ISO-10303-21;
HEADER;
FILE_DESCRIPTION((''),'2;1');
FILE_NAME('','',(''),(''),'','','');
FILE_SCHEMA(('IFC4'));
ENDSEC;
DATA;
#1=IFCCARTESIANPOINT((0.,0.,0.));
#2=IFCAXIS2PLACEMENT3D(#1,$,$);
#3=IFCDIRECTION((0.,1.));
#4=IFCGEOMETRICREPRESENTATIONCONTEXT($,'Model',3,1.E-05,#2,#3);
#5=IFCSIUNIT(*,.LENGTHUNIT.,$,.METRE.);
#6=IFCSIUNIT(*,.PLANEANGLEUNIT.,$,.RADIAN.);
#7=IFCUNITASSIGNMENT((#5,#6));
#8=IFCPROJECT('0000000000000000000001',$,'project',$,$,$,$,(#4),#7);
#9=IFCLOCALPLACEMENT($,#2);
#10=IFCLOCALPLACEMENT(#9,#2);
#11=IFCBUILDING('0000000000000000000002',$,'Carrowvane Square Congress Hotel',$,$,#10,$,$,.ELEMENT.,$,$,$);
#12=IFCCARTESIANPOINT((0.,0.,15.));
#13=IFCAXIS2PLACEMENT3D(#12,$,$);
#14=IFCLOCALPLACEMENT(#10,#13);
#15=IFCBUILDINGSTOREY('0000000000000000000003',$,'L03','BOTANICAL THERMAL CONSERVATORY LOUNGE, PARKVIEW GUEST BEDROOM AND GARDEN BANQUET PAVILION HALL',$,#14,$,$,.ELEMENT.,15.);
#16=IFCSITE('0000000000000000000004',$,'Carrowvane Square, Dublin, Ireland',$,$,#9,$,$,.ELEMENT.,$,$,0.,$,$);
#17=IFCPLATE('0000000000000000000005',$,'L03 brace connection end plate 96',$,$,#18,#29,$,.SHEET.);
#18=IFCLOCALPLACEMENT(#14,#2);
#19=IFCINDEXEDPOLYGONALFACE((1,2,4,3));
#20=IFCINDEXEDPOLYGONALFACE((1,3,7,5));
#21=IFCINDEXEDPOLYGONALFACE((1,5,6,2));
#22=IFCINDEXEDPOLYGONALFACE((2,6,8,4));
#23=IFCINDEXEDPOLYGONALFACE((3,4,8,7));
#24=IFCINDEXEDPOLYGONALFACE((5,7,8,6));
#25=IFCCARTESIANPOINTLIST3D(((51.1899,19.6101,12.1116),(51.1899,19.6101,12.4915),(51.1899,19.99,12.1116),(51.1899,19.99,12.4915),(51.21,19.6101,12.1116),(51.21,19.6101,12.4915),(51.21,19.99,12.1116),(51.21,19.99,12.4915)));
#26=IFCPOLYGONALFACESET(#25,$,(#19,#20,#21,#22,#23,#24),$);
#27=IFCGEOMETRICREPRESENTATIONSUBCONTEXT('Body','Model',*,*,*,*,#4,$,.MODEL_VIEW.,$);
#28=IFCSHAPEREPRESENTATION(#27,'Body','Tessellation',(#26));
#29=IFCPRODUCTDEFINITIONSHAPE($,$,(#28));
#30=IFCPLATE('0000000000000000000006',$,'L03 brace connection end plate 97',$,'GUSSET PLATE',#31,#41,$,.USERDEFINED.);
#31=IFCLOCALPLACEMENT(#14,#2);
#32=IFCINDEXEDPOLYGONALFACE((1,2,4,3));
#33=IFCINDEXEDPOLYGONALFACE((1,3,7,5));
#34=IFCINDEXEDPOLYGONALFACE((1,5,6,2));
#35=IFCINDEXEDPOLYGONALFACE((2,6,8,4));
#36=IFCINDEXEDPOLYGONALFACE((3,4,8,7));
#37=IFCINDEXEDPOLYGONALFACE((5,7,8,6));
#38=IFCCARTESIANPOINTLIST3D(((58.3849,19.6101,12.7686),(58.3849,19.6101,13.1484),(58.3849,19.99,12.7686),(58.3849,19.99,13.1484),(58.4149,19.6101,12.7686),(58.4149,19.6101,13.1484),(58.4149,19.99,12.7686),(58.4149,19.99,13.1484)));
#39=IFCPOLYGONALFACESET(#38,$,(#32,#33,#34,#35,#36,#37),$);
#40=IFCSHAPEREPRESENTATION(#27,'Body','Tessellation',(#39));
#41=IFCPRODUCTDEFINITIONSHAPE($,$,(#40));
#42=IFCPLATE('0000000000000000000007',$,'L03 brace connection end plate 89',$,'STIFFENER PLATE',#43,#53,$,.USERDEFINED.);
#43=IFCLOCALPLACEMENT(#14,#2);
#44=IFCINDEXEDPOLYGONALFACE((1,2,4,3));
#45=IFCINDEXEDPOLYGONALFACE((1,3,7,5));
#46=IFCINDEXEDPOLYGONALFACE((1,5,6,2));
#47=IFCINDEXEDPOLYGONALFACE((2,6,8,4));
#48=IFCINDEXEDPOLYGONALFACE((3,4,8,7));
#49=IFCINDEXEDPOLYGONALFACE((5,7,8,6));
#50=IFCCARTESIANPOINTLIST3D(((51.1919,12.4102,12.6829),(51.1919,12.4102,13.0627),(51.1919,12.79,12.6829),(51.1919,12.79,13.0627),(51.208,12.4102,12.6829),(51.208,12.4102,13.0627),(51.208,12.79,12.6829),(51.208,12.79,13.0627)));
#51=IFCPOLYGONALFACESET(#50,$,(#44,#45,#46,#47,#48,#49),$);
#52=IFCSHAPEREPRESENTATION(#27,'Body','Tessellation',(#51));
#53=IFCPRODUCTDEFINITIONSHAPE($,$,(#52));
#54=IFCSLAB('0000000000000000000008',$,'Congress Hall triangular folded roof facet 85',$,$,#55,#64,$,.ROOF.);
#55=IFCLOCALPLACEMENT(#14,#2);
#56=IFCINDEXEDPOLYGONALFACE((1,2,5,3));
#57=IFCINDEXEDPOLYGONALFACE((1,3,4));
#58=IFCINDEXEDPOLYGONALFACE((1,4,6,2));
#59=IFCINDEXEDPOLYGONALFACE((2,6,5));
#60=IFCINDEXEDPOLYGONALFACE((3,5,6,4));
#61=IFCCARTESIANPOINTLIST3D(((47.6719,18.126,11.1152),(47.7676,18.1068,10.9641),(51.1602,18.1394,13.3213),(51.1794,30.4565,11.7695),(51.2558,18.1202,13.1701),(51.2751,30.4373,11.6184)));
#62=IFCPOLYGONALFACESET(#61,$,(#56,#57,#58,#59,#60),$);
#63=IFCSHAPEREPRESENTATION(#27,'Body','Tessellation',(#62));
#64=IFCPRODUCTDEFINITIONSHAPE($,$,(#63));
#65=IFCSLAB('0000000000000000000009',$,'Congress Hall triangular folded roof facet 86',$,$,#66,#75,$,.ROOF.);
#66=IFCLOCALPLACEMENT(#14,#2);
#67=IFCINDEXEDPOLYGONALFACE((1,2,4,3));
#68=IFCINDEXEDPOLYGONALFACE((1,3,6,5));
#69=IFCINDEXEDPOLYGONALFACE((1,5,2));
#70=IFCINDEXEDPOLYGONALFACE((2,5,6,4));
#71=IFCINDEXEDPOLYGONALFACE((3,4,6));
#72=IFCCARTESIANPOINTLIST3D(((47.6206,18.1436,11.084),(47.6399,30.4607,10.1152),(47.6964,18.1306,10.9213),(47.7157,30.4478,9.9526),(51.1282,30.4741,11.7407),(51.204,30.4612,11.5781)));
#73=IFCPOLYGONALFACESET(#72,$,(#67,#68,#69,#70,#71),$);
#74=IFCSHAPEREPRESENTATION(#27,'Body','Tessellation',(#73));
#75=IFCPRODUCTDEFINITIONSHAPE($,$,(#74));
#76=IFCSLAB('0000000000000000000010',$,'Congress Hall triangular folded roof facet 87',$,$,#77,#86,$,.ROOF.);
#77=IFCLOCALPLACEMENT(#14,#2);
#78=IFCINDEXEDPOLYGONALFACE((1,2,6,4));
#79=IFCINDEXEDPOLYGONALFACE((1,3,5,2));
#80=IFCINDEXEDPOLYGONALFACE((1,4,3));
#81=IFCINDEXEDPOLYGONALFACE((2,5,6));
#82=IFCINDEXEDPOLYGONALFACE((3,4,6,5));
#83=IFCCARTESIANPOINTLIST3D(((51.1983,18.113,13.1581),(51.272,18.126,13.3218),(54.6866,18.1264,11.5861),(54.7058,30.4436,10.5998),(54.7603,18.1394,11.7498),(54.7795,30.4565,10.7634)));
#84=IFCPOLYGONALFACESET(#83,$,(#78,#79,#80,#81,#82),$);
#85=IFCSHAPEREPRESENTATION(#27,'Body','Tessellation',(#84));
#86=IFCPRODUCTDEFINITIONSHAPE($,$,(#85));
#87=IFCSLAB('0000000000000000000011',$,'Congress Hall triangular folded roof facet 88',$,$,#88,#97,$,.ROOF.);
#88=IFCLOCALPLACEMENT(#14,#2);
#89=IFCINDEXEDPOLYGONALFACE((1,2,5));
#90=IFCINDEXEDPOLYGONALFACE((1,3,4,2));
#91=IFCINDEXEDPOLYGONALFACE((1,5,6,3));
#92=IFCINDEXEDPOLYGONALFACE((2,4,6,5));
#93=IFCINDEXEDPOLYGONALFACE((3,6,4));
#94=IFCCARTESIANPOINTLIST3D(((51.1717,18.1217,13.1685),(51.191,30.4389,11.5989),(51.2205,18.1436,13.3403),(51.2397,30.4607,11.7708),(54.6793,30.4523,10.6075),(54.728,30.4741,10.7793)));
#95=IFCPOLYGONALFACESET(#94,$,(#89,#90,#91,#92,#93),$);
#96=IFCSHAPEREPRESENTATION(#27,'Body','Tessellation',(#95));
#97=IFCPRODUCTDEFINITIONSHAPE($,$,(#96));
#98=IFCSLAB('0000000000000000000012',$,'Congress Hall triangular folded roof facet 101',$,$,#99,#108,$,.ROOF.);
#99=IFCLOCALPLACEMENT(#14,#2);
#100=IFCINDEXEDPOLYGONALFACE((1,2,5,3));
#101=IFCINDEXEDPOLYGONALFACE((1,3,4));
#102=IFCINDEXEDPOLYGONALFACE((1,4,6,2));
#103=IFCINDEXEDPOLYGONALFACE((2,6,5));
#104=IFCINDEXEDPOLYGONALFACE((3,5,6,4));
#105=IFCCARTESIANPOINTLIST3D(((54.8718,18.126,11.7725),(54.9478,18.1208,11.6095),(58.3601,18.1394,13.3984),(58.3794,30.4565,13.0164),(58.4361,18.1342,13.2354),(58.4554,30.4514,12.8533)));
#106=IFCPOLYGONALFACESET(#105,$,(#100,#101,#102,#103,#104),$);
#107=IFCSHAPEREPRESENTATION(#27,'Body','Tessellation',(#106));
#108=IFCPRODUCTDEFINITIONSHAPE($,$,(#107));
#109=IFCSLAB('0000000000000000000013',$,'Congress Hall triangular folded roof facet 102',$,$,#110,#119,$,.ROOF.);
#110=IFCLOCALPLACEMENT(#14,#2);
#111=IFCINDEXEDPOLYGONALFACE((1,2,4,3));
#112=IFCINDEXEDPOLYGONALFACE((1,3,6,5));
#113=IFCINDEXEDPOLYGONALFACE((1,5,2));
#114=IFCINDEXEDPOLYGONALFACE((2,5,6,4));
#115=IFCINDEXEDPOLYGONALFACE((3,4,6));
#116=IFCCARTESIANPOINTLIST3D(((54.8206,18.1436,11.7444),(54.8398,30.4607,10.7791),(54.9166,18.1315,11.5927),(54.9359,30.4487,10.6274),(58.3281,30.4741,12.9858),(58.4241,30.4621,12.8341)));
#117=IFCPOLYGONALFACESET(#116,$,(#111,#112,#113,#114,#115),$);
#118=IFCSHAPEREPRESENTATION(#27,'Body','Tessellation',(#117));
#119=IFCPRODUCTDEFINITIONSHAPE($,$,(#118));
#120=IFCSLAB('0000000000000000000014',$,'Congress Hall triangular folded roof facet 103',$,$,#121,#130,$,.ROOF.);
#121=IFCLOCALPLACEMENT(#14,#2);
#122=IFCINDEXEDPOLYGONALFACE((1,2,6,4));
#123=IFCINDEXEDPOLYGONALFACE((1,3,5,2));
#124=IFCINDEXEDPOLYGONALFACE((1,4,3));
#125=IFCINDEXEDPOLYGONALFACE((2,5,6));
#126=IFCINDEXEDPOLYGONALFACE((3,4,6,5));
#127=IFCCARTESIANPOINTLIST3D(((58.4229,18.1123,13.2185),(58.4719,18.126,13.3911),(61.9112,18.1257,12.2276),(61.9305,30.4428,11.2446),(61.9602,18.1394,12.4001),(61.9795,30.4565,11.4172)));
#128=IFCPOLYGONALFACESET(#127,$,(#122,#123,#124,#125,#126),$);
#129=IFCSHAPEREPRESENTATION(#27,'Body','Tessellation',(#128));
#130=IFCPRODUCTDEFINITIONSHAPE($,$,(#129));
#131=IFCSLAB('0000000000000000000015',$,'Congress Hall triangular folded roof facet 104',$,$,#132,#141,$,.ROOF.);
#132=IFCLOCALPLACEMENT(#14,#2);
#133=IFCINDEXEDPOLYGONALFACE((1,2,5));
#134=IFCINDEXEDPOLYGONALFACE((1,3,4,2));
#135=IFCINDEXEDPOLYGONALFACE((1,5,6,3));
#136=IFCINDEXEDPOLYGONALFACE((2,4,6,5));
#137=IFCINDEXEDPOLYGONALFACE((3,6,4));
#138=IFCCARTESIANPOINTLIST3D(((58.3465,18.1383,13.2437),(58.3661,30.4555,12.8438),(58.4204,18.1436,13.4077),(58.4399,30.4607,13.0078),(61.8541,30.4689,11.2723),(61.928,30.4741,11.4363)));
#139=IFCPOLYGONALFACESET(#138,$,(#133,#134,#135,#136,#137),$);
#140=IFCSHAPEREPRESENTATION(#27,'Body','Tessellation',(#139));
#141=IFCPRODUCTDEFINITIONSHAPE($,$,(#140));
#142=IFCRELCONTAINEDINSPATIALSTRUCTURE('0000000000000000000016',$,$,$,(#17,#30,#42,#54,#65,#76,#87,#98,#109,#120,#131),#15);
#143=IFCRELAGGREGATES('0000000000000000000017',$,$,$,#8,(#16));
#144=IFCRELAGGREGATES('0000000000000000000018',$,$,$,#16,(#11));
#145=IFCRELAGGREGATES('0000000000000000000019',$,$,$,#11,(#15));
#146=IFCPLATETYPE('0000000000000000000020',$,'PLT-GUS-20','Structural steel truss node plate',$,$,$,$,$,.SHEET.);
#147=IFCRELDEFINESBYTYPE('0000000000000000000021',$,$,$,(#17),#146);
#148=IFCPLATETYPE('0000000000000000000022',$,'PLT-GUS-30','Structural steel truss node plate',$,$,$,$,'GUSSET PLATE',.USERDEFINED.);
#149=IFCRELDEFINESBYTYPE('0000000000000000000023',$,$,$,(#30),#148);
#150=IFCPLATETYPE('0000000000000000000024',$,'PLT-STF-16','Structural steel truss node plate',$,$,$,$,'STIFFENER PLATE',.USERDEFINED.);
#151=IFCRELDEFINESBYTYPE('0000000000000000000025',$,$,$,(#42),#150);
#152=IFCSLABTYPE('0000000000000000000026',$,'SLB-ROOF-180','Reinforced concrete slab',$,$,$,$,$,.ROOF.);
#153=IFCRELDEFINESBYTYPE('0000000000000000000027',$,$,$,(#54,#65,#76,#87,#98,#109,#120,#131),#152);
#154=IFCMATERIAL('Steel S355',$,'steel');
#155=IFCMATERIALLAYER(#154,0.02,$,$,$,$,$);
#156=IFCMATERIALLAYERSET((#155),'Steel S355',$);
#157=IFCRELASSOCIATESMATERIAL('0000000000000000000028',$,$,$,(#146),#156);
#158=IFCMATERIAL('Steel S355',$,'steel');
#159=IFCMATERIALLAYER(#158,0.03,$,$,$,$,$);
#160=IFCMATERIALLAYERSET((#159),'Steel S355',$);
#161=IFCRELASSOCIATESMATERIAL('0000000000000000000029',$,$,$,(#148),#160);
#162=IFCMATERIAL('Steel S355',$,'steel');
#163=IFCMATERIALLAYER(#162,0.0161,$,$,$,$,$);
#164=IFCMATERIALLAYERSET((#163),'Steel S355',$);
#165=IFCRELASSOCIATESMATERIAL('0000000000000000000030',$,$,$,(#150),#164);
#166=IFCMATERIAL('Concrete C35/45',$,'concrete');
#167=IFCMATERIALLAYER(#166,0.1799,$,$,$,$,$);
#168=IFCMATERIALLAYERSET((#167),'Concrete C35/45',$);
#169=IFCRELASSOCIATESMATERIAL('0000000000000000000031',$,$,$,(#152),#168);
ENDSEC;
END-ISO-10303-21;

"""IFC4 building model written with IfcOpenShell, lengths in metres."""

from ifc_helpers import new_model, si_unit, direction, frame, origin, origin_2d, place, context, subcontext, project, spatial, polyline, rectangle, outline, extrude, material, layer, layer_set, type_object, element, save


model = new_model("IFC4")

# Units and contexts
model_context = context("Model", 3, precision=1e-05, world=origin(), true_north=direction((0.0, 1.0)))
body_context = subcontext(model_context, "Body", "Model", "MODEL_VIEW")
ifc_project = project(units=[si_unit("LENGTHUNIT", "METRE"), si_unit("PLANEANGLEUNIT", "RADIAN")], contexts=[model_context])

# Site, building, storey
site_placement = place(None, origin())
site = spatial("IfcSite", under=ifc_project, at=site_placement, Name="Carrowvane Square, Dublin, Ireland", CompositionType="ELEMENT", RefElevation=0.0)
building_placement = place(site_placement, origin())
building = spatial("IfcBuilding", under=site, at=building_placement, Name="Carrowvane Square Congress Hotel", CompositionType="ELEMENT")
storey_placement = place(building_placement, frame((0.0, 0.0, 15.0)))
storey = spatial("IfcBuildingStorey", under=building, at=storey_placement, Name="L03", Description="BOTANICAL THERMAL CONSERVATORY LOUNGE, PARKVIEW GUEST BEDROOM AND GARDEN BANQUET PAVILION HALL", CompositionType="ELEMENT", Elevation=15.0)

# Plates
ifc_material_1 = material(Name="Steel S355", Category="steel")
ifc_layer_1 = layer(ifc_material_1, 0.02)
ifc_layer_set_1 = layer_set([ifc_layer_1], Name="Steel S355")
plate_type_1 = type_object("IfcPlateType", Name="PLT-GUS-20", Description="Structural steel truss node plate", PredefinedType="SHEET", material=ifc_layer_set_1)
for number, where, z_axis, x_axis, name in (
    (1, (51.2, 19.8, 12.1116), (0.0, 0.0, 1.0), (1.0, 0.0, 0.0), "L03 brace connection end plate 96"),
):
    element("IfcPlate", number, at=place(storey_placement, frame(where, z_axis=z_axis, x_axis=x_axis)), inside=storey, type_object=plate_type_1, Name=name, PredefinedType="SHEET", context=body_context, shape_type="SweptSolid", body=[
        extrude(rectangle(XDim=0.02, YDim=0.3799, at=origin_2d()), origin(), (0.0, 0.0, 1.0), 0.3799),
    ])
ifc_material_2 = material(Name="Steel S355", Category="steel")
ifc_layer_2 = layer(ifc_material_2, 0.03)
ifc_layer_set_2 = layer_set([ifc_layer_2], Name="Steel S355")
plate_type_2 = type_object("IfcPlateType", Name="PLT-GUS-30", Description="Structural steel truss node plate", ElementType="GUSSET PLATE", PredefinedType="USERDEFINED", material=ifc_layer_set_2)
plate_1_placement = place(storey_placement, frame((58.3999, 19.8, 12.7686), z_axis=(0.0, 0.0, 1.0), x_axis=(1.0, 0.0, 0.0)))
element("IfcPlate", 2, at=plate_1_placement, inside=storey, type_object=plate_type_2, Name="L03 brace connection end plate 97", ObjectType="GUSSET PLATE", PredefinedType="USERDEFINED", context=body_context, shape_type="SweptSolid", body=[
    extrude(rectangle(XDim=0.03, YDim=0.3799, at=origin_2d()), origin(), (0.0, 0.0, 1.0), 0.3799),
])
ifc_material_3 = material(Name="Steel S355", Category="steel")
ifc_layer_3 = layer(ifc_material_3, 0.0161)
ifc_layer_set_3 = layer_set([ifc_layer_3], Name="Steel S355")
plate_type_3 = type_object("IfcPlateType", Name="PLT-STF-16", Description="Structural steel truss node plate", ElementType="STIFFENER PLATE", PredefinedType="USERDEFINED", material=ifc_layer_set_3)
plate_2_placement = place(storey_placement, frame((51.2, 12.6001, 12.6829), z_axis=(0.0, 0.0, 1.0), x_axis=(1.0, 0.0, 0.0)))
element("IfcPlate", 3, at=plate_2_placement, inside=storey, type_object=plate_type_3, Name="L03 brace connection end plate 89", ObjectType="STIFFENER PLATE", PredefinedType="USERDEFINED", context=body_context, shape_type="SweptSolid", body=[
    extrude(rectangle(XDim=0.0161, YDim=0.3799, at=origin_2d()), origin(), (0.0, 0.0, 1.0), 0.3799),
])

# Slabs
ifc_material_4 = material(Name="Concrete C35/45", Category="concrete")
ifc_layer_4 = layer(ifc_material_4, 0.1799)
ifc_layer_set_4 = layer_set([ifc_layer_4], Name="Concrete C35/45")
slab_type = type_object("IfcSlabType", Name="SLB-ROOF-180", Description="Reinforced concrete slab", PredefinedType="ROOF", material=ifc_layer_set_4)
slab_1_placement = place(storey_placement, frame((47.6719, 18.126, 11.1152), z_axis=(-0.531743, 0.106679, 0.84016), x_axis=(0.845164, 0.003253, 0.534497)))
element("IfcSlab", 4, at=slab_1_placement, inside=storey, type_object=slab_type, Name="Congress Hall triangular folded roof facet 85", PredefinedType="ROOF", context=body_context, shape_type="SweptSolid", body=[
    extrude(outline(polyline([(0.0, 0.0), (4.1273, 0.0), (3.3543, 12.3904), (0.0, 0.0)])), origin(), (0.0, 0.0, -1.0), 0.1799),
])
slab_2_placement = place(storey_placement, frame((47.6206, 18.1436, 11.084), z_axis=(-0.421516, 0.071758, 0.903977), x_axis=(0.273248, 0.960582, 0.051162)))
element("IfcSlab", 5, at=slab_2_placement, inside=storey, type_object=slab_type, Name="Congress Hall triangular folded roof facet 86", PredefinedType="ROOF", context=body_context, shape_type="SweptSolid", body=[
    extrude(outline(polyline([(0.0, 0.0), (12.8366, 0.0), (11.7873, 3.7027), (0.0, 0.0)])), origin(), (0.0, 0.0, -1.0), 0.1799),
])
slab_3_placement = place(storey_placement, frame((51.272, 18.126, 13.3218), z_axis=(0.409561, 0.072183, 0.909423), x_axis=(0.911691, 0.003509, -0.410861)))
element("IfcSlab", 6, at=slab_3_placement, inside=storey, type_object=slab_type, Name="Congress Hall triangular folded roof facet 87", PredefinedType="ROOF", context=body_context, shape_type="SweptSolid", body=[
    extrude(outline(polyline([(0.0, 0.0), (3.8262, 0.0), (4.2922, 12.3478), (0.0, 0.0)])), origin(), (0.0, 0.0, -1.0), 0.1799),
])
slab_4_placement = place(storey_placement, frame((51.2205, 18.1436, 13.3403), z_axis=(0.270947, 0.121262, 0.954926), x_axis=(0.268305, 0.943205, -0.195902)))
element("IfcSlab", 7, at=slab_4_placement, inside=storey, type_object=slab_type, Name="Congress Hall triangular folded roof facet 88", PredefinedType="ROOF", context=body_context, shape_type="SweptSolid", body=[
    extrude(outline(polyline([(0.0, 0.0), (13.0731, 0.0), (11.9302, 3.4417), (0.0, 0.0)])), origin(), (0.0, 0.0, -1.0), 0.1799),
])
slab_5_placement = place(storey_placement, frame((54.8718, 18.126, 11.7725), z_axis=(-0.422399, 0.028764, 0.905954), x_axis=(0.906366, 0.003489, 0.42248)))
element("IfcSlab", 8, at=slab_5_placement, inside=storey, type_object=slab_type, Name="Congress Hall triangular folded roof facet 101", PredefinedType="ROOF", context=body_context, shape_type="SweptSolid", body=[
    extrude(outline(polyline([(0.0, 0.0), (3.8486, 0.0), (3.7477, 12.3227), (0.0, 0.0)])), origin(), (0.0, 0.0, -1.0), 0.1799),
])
slab_6_placement = place(storey_placement, frame((54.8206, 18.1436, 11.7444), z_axis=(-0.533613, 0.06691, 0.843078), x_axis=(0.272333, 0.957363, 0.096388)))
element("IfcSlab", 9, at=slab_6_placement, inside=storey, type_object=slab_type, Name="Congress Hall triangular folded roof facet 102", PredefinedType="ROOF", context=body_context, shape_type="SweptSolid", body=[
    extrude(outline(polyline([(0.0, 0.0), (12.8797, 0.0), (11.7042, 3.9568), (0.0, 0.0)])), origin(), (0.0, 0.0, -1.0), 0.1799),
])
slab_7_placement = place(storey_placement, frame((58.4719, 18.126, 13.3911), z_axis=(0.272207, 0.07612, 0.959223), x_axis=(0.96193, 0.003703, -0.27327)))
element("IfcSlab", 10, at=slab_7_placement, inside=storey, type_object=slab_type, Name="Congress Hall triangular folded roof facet 103", PredefinedType="ROOF", context=body_context, shape_type="SweptSolid", body=[
    extrude(outline(polyline([(0.0, 0.0), (3.6263, 0.0), (3.9591, 12.3518), (0.0, 0.0)])), origin(), (0.0, 0.0, -1.0), 0.1799),
])
slab_8_placement = place(storey_placement, frame((58.4204, 18.1436, 13.4077), z_axis=(0.410517, 0.028939, 0.911394), x_axis=(0.270428, 0.950666, -0.151994)))
element("IfcSlab", 11, at=slab_8_placement, inside=storey, type_object=slab_type, Name="Congress Hall triangular folded roof facet 104", PredefinedType="ROOF", context=body_context, shape_type="SweptSolid", body=[
    extrude(outline(polyline([(0.0, 0.0), (12.9704, 0.0), (11.7756, 3.6344), (0.0, 0.0)])), origin(), (0.0, 0.0, -1.0), 0.1799),
])

save(model, "model.ifc")
